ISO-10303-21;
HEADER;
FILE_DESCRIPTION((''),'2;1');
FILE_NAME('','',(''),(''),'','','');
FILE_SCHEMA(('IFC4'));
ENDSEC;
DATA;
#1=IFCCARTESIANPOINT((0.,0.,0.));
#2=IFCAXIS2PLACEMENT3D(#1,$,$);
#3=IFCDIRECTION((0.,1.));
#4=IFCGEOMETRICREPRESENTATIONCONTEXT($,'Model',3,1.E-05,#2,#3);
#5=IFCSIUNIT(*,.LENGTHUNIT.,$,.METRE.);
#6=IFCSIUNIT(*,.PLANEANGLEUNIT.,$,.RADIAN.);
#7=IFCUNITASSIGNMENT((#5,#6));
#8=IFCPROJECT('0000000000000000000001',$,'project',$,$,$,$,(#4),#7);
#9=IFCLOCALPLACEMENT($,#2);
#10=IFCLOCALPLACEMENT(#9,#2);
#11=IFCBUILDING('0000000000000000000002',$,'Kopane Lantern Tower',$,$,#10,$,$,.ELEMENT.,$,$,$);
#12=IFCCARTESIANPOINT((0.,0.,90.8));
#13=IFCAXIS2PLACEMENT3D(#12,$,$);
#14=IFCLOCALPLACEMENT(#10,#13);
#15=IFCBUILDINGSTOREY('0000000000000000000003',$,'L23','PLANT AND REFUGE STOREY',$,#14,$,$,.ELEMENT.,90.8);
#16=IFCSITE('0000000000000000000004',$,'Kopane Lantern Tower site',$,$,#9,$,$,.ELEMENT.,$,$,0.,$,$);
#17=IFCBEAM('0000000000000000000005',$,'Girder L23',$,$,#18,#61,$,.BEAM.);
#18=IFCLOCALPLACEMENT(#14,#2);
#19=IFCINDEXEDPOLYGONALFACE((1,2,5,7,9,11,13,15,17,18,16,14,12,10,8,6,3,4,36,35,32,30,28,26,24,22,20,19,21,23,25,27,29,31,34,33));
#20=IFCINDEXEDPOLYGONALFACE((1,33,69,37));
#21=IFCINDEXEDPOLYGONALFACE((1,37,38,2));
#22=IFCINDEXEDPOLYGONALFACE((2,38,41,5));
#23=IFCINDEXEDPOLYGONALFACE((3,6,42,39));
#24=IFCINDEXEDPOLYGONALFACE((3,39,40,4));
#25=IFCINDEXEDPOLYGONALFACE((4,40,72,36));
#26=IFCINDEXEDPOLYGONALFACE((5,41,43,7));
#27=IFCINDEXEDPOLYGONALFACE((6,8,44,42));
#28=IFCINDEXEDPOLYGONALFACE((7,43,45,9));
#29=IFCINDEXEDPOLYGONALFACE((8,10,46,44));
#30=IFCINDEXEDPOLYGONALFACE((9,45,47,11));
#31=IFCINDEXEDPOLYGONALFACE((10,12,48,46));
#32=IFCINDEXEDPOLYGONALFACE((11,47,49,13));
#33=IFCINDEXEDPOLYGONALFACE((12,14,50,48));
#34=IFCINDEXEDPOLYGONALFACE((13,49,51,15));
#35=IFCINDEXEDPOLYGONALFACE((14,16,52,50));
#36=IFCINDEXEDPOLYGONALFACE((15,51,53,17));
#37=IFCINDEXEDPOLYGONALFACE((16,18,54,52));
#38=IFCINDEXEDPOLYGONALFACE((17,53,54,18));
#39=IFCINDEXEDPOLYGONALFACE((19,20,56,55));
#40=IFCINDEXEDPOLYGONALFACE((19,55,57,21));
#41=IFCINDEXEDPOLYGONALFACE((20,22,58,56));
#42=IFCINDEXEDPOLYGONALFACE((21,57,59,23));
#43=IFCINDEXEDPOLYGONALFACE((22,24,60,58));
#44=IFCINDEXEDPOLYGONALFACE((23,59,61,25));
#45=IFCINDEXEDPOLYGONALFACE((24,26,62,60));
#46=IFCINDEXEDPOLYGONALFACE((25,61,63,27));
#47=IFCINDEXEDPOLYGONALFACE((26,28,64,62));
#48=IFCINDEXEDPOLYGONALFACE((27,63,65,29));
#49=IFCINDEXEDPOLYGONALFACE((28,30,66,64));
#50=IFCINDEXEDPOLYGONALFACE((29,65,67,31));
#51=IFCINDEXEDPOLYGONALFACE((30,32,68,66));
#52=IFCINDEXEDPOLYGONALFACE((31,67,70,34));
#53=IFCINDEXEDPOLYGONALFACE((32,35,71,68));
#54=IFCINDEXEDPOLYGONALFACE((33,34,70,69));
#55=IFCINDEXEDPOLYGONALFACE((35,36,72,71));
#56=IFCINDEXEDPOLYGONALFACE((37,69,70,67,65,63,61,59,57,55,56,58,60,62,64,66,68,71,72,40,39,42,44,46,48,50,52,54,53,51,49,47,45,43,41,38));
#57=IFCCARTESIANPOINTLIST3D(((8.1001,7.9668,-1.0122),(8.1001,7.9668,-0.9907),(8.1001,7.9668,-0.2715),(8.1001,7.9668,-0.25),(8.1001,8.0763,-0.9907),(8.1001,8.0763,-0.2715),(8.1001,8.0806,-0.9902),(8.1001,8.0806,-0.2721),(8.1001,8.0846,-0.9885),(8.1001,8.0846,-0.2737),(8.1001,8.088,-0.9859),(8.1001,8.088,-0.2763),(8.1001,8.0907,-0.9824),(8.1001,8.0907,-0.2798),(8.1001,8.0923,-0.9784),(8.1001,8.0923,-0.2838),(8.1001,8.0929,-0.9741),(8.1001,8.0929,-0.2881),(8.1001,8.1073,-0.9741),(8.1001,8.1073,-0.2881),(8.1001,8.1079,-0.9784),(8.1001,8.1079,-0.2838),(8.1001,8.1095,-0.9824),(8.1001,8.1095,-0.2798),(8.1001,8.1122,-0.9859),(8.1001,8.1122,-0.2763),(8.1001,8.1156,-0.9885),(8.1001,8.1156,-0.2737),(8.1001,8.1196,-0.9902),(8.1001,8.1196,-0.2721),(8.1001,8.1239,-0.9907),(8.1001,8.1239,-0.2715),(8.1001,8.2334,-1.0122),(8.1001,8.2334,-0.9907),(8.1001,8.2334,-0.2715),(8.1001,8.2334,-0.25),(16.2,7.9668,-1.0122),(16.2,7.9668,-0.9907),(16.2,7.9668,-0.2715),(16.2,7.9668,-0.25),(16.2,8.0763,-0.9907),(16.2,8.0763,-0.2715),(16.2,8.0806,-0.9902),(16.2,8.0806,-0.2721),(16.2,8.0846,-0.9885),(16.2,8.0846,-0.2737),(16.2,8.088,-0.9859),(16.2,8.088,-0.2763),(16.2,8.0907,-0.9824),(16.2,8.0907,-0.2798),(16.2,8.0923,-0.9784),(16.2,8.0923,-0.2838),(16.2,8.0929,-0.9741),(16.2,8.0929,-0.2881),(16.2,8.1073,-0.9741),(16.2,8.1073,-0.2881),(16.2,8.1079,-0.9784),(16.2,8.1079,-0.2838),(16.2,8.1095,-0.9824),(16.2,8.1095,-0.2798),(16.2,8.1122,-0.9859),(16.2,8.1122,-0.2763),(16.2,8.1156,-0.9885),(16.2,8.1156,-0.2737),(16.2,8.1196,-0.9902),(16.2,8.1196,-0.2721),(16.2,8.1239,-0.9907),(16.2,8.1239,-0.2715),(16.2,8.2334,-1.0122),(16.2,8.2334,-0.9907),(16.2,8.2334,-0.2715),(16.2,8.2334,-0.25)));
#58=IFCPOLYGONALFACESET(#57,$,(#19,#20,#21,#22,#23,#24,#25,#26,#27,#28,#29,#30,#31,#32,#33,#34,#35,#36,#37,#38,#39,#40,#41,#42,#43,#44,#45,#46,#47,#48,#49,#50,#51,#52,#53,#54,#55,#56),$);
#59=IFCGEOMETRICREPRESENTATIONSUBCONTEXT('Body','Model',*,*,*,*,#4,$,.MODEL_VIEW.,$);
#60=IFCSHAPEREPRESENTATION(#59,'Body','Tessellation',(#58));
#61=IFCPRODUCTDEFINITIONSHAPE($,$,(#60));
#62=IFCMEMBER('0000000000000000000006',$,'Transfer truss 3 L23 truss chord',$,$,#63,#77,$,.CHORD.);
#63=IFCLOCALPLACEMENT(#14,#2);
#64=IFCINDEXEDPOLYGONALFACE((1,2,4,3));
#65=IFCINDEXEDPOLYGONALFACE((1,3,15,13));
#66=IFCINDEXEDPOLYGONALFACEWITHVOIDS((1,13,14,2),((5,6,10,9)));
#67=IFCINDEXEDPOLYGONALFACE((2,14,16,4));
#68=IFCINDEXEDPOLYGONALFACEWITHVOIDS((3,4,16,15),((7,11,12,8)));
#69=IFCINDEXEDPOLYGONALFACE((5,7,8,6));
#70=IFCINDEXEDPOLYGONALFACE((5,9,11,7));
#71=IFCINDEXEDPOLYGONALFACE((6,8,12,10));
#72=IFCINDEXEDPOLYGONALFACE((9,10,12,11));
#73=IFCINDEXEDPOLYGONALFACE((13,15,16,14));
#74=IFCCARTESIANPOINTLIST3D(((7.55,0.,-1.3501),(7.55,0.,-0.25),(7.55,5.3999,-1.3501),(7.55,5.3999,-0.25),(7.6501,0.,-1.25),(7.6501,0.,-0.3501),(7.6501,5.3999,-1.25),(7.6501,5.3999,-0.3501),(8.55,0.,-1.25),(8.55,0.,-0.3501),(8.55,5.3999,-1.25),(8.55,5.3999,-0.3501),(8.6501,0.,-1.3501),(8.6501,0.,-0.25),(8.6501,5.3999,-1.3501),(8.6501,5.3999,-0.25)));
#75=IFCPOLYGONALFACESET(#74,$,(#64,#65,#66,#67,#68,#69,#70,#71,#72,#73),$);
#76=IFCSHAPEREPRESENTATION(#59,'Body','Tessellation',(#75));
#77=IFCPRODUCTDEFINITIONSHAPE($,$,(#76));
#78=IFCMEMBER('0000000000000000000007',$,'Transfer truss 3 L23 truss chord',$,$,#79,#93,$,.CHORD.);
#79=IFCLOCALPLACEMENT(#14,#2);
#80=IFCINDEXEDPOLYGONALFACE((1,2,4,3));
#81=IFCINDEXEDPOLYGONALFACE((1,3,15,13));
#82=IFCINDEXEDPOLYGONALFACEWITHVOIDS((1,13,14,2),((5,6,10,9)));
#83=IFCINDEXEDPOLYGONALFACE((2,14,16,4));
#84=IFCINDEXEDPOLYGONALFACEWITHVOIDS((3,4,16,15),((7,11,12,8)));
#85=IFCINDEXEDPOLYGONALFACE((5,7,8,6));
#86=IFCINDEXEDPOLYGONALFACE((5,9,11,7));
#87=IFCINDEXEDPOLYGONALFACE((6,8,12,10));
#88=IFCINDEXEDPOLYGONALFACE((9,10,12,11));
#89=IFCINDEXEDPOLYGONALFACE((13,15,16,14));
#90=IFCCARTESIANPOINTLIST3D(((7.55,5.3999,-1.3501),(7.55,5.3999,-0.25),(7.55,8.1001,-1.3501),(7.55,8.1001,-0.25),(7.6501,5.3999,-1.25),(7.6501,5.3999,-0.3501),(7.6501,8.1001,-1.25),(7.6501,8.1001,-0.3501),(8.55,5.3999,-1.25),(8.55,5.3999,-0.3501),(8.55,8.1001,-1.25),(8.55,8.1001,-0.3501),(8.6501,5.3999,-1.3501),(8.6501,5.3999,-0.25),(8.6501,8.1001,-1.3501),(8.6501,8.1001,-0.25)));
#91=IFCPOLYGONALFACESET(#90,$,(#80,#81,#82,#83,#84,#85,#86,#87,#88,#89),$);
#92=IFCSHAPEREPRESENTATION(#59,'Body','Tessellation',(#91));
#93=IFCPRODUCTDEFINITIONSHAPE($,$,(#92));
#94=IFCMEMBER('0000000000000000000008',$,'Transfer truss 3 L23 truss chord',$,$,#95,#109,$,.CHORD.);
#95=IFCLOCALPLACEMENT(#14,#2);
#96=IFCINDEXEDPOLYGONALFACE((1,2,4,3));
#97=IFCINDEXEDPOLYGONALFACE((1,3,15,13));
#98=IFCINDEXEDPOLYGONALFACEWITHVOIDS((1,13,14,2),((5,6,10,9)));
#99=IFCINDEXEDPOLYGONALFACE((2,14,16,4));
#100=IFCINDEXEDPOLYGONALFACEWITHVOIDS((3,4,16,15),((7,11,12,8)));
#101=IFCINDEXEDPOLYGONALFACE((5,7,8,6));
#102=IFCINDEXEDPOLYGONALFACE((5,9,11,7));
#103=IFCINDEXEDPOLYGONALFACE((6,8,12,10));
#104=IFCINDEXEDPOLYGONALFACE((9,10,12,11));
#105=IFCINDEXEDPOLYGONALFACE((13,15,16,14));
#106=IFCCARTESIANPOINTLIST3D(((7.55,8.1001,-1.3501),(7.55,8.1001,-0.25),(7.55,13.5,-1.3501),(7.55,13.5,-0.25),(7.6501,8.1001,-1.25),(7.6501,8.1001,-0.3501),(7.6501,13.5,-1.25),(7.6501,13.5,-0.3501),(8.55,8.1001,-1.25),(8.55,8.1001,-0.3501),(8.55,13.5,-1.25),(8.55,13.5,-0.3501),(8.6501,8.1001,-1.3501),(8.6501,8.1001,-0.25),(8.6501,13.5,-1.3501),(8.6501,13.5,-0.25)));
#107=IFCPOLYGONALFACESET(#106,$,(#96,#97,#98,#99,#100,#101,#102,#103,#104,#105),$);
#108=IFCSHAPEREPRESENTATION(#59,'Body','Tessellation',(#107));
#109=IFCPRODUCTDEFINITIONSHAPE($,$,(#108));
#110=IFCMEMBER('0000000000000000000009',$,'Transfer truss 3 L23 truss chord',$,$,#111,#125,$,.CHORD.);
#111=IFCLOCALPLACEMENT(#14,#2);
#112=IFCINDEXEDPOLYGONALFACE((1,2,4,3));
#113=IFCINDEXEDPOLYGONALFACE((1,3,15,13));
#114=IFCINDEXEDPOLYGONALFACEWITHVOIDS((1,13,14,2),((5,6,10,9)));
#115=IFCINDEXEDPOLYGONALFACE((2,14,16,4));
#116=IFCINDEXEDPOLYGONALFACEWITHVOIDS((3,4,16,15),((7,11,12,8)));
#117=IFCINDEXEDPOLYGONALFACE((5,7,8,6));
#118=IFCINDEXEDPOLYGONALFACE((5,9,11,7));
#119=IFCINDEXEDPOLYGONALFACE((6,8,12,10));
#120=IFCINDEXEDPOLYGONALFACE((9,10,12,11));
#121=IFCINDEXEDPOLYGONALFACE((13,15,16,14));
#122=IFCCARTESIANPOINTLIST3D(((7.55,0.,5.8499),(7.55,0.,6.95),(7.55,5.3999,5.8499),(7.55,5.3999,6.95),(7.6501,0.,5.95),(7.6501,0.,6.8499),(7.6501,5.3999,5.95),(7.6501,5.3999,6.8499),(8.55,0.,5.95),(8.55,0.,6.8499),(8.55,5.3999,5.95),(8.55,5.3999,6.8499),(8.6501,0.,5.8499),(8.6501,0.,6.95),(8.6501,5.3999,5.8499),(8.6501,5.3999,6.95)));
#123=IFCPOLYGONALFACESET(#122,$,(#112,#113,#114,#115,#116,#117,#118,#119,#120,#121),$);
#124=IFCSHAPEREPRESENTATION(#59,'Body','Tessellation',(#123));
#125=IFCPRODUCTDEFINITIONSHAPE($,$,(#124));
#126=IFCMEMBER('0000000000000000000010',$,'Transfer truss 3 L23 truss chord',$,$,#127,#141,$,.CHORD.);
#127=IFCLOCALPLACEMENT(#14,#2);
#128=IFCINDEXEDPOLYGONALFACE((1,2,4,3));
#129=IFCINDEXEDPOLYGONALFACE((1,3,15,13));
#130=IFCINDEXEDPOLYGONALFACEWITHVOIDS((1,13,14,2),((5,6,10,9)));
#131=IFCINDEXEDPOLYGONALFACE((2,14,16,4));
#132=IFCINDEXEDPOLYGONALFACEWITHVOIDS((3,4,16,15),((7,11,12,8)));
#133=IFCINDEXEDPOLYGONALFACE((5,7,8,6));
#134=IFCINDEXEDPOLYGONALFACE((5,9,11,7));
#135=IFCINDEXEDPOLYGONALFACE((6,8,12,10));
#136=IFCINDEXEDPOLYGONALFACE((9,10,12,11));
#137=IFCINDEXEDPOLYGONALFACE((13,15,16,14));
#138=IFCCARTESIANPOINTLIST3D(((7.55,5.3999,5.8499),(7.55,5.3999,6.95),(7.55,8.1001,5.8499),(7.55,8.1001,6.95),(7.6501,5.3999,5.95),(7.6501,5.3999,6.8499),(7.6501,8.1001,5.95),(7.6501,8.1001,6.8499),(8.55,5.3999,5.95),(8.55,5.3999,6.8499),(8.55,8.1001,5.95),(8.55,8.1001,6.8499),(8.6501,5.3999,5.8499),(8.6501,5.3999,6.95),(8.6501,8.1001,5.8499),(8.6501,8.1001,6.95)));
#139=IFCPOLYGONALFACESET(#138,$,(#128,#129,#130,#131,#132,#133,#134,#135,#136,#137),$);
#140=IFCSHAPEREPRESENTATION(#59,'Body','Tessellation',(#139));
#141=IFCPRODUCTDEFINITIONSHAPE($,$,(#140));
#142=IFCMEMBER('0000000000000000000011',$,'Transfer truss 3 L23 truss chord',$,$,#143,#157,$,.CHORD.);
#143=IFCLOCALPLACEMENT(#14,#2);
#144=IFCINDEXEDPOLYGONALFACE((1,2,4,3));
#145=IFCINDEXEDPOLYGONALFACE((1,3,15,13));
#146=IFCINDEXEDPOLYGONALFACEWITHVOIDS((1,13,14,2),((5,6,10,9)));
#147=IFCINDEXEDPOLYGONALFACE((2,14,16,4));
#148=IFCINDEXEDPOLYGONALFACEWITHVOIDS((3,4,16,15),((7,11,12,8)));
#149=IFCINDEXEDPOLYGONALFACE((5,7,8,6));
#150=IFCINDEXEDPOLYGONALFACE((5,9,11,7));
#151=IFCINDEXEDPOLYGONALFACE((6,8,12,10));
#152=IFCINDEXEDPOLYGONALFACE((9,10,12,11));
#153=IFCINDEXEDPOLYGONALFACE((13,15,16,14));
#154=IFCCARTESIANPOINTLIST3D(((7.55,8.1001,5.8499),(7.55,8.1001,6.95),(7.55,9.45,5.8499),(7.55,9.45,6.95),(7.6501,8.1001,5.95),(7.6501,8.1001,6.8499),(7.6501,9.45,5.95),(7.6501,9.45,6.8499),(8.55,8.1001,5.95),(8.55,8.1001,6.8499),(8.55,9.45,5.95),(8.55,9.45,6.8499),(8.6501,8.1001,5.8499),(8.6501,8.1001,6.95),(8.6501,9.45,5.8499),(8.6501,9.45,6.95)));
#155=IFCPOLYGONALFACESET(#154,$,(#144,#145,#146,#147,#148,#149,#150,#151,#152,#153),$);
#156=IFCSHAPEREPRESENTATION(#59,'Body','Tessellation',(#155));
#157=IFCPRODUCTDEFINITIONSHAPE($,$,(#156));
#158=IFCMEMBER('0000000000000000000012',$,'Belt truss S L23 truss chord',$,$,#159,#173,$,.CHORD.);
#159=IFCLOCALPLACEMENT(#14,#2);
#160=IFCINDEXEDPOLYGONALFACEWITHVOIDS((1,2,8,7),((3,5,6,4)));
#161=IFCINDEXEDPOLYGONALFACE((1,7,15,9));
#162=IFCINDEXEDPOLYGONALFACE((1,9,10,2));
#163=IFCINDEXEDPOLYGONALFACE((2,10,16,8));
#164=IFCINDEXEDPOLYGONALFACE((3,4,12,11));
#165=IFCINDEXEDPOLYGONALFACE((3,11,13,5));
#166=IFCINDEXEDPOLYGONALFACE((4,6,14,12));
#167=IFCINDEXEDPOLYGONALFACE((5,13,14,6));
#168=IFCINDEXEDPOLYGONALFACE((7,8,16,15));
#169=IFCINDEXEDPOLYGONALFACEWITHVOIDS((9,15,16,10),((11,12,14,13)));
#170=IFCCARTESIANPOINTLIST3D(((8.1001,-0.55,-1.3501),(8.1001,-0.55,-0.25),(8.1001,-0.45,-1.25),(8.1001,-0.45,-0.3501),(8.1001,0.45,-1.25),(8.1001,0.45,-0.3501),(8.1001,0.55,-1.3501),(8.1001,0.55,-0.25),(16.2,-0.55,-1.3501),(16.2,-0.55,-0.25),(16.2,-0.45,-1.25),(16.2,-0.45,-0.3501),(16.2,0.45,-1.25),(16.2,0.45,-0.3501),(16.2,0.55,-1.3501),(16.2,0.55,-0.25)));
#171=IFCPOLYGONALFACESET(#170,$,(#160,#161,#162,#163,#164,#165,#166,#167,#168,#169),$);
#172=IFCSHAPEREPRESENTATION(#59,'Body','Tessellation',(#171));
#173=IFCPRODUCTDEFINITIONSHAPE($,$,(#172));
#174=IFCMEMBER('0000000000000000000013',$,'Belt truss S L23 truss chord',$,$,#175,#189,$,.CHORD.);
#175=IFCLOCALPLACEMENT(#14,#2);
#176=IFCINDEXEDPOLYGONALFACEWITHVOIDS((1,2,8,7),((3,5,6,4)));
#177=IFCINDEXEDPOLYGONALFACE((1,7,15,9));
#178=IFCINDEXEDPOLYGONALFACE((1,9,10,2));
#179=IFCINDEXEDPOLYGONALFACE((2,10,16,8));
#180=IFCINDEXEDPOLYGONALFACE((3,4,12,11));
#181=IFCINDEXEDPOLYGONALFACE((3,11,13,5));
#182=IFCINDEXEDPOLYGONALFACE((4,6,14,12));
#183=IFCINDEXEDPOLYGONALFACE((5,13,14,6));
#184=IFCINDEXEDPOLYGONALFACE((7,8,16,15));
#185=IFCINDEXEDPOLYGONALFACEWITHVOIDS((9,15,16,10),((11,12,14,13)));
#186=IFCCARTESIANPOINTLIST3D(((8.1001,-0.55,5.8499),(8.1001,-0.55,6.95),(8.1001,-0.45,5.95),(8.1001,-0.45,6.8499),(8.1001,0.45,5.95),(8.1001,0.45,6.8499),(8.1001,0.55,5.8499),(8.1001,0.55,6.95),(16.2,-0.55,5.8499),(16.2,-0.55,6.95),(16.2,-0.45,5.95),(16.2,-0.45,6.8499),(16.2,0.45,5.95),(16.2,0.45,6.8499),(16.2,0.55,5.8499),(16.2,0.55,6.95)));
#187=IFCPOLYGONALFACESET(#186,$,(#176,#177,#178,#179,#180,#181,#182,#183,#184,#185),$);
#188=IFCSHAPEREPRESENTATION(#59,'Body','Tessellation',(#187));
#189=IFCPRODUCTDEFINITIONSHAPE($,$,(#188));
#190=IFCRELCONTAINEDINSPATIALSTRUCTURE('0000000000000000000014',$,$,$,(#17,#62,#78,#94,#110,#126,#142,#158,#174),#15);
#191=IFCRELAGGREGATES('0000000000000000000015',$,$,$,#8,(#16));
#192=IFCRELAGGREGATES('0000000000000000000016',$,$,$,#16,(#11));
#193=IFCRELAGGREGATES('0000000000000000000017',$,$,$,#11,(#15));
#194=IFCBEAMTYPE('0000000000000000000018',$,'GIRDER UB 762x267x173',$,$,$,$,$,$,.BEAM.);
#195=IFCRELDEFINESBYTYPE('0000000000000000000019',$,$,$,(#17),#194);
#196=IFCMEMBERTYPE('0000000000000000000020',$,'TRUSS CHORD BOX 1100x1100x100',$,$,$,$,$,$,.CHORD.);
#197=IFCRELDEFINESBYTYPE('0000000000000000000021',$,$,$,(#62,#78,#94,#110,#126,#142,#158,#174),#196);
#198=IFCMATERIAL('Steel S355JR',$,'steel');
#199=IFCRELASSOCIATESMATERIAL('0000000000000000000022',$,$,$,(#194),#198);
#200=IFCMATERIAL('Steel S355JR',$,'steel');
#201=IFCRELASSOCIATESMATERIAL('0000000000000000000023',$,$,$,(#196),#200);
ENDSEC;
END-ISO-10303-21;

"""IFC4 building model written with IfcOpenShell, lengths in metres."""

from ifc_helpers import new_model, si_unit, direction, frame, origin, origin_2d, place, context, subcontext, project, spatial, hollow_rectangle, i_section, extrude, material, material_profile, profile_set, type_object, element, save


model = new_model("IFC4")

# Units and contexts
model_context = context("Model", 3, precision=1e-05, world=origin(), true_north=direction((0.0, 1.0)))
body_context = subcontext(model_context, "Body", "Model", "MODEL_VIEW")
ifc_project = project(units=[si_unit("LENGTHUNIT", "METRE"), si_unit("PLANEANGLEUNIT", "RADIAN")], contexts=[model_context])

# Site, building, storey
site_placement = place(None, origin())
site = spatial("IfcSite", under=ifc_project, at=site_placement, Name="Kopane Lantern Tower site", CompositionType="ELEMENT", RefElevation=0.0)
building_placement = place(site_placement, origin())
building = spatial("IfcBuilding", under=site, at=building_placement, Name="Kopane Lantern Tower", CompositionType="ELEMENT")
storey_placement = place(building_placement, frame((0.0, 0.0, 90.8)))
storey = spatial("IfcBuildingStorey", under=building, at=storey_placement, Name="L23", Description="PLANT AND REFUGE STOREY", CompositionType="ELEMENT", Elevation=90.8)

# Beam
ifc_material_1 = material(Name="Steel S355JR", Category="steel")
ifc_material_profile_1 = material_profile(ifc_material_1, i_section(OverallWidth=0.2666, OverallDepth=0.7622, WebThickness=0.0144, FlangeThickness=0.0215, FilletRadius=0.0166, at=origin_2d()), Name="UB 762x267x173")
ifc_profile_set_1 = profile_set([ifc_material_profile_1], Name="Steel S355JR")
beam_type = type_object("IfcBeamType", Name="GIRDER UB 762x267x173", PredefinedType="BEAM", material=ifc_profile_set_1)
beam_placement = place(storey_placement, frame((8.1001, 8.1001, -0.6311), z_axis=(1.0, 0.0, 0.0), x_axis=(0.0, 1.0, 0.0)))
element("IfcBeam", 1, at=beam_placement, inside=storey, type_object=beam_type, Name="Girder L23", PredefinedType="BEAM", context=body_context, shape_type="SweptSolid", body=[
    extrude(i_section(OverallWidth=0.2666, OverallDepth=0.7622, WebThickness=0.0144, FlangeThickness=0.0215, FilletRadius=0.0166, at=origin_2d()), origin(), (0.0, 0.0, 1.0), 8.0999),
])

# Members
ifc_material_2 = material(Name="Steel S355JR", Category="steel")
ifc_material_profile_2 = material_profile(ifc_material_2, hollow_rectangle(XDim=1.1001, YDim=1.1001, WallThickness=0.1001, at=origin_2d()), Name="BOX 1100x1100x100")
ifc_profile_set_2 = profile_set([ifc_material_profile_2], Name="Steel S355JR")
member_type_1 = type_object("IfcMemberType", Name="TRUSS CHORD BOX 1100x1100x100", PredefinedType="CHORD", material=ifc_profile_set_2)
member_1_placement = place(storey_placement, frame((8.1001, 0.0, -0.8), z_axis=(0.0, 1.0, 0.0), x_axis=(-1.0, 0.0, 0.0)))
element("IfcMember", 2, at=member_1_placement, inside=storey, type_object=member_type_1, Name="Transfer truss 3 L23 truss chord", PredefinedType="CHORD", context=body_context, shape_type="SweptSolid", body=[
    extrude(hollow_rectangle(XDim=1.1001, YDim=1.1001, WallThickness=0.1001, at=origin_2d()), origin(), (0.0, 0.0, 1.0), 5.3999),
])
member_2_placement = place(storey_placement, frame((8.1001, 5.3999, -0.8), z_axis=(0.0, 1.0, 0.0), x_axis=(-1.0, 0.0, 0.0)))
element("IfcMember", 3, at=member_2_placement, inside=storey, type_object=member_type_1, Name="Transfer truss 3 L23 truss chord", PredefinedType="CHORD", context=body_context, shape_type="SweptSolid", body=[
    extrude(hollow_rectangle(XDim=1.1001, YDim=1.1001, WallThickness=0.1001, at=origin_2d()), origin(), (0.0, 0.0, 1.0), 2.7002),
])
for number, where, z_axis, x_axis, name in (
    (4, (8.1001, 8.1001, -0.8), (0.0, 1.0, 0.0), (-1.0, 0.0, 0.0), "Transfer truss 3 L23 truss chord"),
    (5, (8.1001, 0.0, 6.3999), (0.0, 1.0, 0.0), (-1.0, 0.0, 0.0), "Transfer truss 3 L23 truss chord"),
):
    element("IfcMember", number, at=place(storey_placement, frame(where, z_axis=z_axis, x_axis=x_axis)), inside=storey, type_object=member_type_1, Name=name, PredefinedType="CHORD", context=body_context, shape_type="SweptSolid", body=[
        extrude(hollow_rectangle(XDim=1.1001, YDim=1.1001, WallThickness=0.1001, at=origin_2d()), origin(), (0.0, 0.0, 1.0), 5.3999),
    ])
member_3_placement = place(storey_placement, frame((8.1001, 5.3999, 6.3999), z_axis=(0.0, 1.0, 0.0), x_axis=(-1.0, 0.0, 0.0)))
element("IfcMember", 6, at=member_3_placement, inside=storey, type_object=member_type_1, Name="Transfer truss 3 L23 truss chord", PredefinedType="CHORD", context=body_context, shape_type="SweptSolid", body=[
    extrude(hollow_rectangle(XDim=1.1001, YDim=1.1001, WallThickness=0.1001, at=origin_2d()), origin(), (0.0, 0.0, 1.0), 2.7002),
])
member_4_placement = place(storey_placement, frame((8.1001, 8.1001, 6.3999), z_axis=(0.0, 1.0, 0.0), x_axis=(-1.0, 0.0, 0.0)))
element("IfcMember", 7, at=member_4_placement, inside=storey, type_object=member_type_1, Name="Transfer truss 3 L23 truss chord", PredefinedType="CHORD", context=body_context, shape_type="SweptSolid", body=[
    extrude(hollow_rectangle(XDim=1.1001, YDim=1.1001, WallThickness=0.1001, at=origin_2d()), origin(), (0.0, 0.0, 1.0), 1.3499),
])
for number, where, z_axis, x_axis, name in (
    (8, (8.1001, 0.0, -0.8), (1.0, 0.0, 0.0), (0.0, 1.0, 0.0), "Belt truss S L23 truss chord"),
    (9, (8.1001, 0.0, 6.3999), (1.0, 0.0, 0.0), (0.0, 1.0, 0.0), "Belt truss S L23 truss chord"),
):
    element("IfcMember", number, at=place(storey_placement, frame(where, z_axis=z_axis, x_axis=x_axis)), inside=storey, type_object=member_type_1, Name=name, PredefinedType="CHORD", context=body_context, shape_type="SweptSolid", body=[
        extrude(hollow_rectangle(XDim=1.1001, YDim=1.1001, WallThickness=0.1001, at=origin_2d()), origin(), (0.0, 0.0, 1.0), 8.0999),
    ])

save(model, "model.ifc")
